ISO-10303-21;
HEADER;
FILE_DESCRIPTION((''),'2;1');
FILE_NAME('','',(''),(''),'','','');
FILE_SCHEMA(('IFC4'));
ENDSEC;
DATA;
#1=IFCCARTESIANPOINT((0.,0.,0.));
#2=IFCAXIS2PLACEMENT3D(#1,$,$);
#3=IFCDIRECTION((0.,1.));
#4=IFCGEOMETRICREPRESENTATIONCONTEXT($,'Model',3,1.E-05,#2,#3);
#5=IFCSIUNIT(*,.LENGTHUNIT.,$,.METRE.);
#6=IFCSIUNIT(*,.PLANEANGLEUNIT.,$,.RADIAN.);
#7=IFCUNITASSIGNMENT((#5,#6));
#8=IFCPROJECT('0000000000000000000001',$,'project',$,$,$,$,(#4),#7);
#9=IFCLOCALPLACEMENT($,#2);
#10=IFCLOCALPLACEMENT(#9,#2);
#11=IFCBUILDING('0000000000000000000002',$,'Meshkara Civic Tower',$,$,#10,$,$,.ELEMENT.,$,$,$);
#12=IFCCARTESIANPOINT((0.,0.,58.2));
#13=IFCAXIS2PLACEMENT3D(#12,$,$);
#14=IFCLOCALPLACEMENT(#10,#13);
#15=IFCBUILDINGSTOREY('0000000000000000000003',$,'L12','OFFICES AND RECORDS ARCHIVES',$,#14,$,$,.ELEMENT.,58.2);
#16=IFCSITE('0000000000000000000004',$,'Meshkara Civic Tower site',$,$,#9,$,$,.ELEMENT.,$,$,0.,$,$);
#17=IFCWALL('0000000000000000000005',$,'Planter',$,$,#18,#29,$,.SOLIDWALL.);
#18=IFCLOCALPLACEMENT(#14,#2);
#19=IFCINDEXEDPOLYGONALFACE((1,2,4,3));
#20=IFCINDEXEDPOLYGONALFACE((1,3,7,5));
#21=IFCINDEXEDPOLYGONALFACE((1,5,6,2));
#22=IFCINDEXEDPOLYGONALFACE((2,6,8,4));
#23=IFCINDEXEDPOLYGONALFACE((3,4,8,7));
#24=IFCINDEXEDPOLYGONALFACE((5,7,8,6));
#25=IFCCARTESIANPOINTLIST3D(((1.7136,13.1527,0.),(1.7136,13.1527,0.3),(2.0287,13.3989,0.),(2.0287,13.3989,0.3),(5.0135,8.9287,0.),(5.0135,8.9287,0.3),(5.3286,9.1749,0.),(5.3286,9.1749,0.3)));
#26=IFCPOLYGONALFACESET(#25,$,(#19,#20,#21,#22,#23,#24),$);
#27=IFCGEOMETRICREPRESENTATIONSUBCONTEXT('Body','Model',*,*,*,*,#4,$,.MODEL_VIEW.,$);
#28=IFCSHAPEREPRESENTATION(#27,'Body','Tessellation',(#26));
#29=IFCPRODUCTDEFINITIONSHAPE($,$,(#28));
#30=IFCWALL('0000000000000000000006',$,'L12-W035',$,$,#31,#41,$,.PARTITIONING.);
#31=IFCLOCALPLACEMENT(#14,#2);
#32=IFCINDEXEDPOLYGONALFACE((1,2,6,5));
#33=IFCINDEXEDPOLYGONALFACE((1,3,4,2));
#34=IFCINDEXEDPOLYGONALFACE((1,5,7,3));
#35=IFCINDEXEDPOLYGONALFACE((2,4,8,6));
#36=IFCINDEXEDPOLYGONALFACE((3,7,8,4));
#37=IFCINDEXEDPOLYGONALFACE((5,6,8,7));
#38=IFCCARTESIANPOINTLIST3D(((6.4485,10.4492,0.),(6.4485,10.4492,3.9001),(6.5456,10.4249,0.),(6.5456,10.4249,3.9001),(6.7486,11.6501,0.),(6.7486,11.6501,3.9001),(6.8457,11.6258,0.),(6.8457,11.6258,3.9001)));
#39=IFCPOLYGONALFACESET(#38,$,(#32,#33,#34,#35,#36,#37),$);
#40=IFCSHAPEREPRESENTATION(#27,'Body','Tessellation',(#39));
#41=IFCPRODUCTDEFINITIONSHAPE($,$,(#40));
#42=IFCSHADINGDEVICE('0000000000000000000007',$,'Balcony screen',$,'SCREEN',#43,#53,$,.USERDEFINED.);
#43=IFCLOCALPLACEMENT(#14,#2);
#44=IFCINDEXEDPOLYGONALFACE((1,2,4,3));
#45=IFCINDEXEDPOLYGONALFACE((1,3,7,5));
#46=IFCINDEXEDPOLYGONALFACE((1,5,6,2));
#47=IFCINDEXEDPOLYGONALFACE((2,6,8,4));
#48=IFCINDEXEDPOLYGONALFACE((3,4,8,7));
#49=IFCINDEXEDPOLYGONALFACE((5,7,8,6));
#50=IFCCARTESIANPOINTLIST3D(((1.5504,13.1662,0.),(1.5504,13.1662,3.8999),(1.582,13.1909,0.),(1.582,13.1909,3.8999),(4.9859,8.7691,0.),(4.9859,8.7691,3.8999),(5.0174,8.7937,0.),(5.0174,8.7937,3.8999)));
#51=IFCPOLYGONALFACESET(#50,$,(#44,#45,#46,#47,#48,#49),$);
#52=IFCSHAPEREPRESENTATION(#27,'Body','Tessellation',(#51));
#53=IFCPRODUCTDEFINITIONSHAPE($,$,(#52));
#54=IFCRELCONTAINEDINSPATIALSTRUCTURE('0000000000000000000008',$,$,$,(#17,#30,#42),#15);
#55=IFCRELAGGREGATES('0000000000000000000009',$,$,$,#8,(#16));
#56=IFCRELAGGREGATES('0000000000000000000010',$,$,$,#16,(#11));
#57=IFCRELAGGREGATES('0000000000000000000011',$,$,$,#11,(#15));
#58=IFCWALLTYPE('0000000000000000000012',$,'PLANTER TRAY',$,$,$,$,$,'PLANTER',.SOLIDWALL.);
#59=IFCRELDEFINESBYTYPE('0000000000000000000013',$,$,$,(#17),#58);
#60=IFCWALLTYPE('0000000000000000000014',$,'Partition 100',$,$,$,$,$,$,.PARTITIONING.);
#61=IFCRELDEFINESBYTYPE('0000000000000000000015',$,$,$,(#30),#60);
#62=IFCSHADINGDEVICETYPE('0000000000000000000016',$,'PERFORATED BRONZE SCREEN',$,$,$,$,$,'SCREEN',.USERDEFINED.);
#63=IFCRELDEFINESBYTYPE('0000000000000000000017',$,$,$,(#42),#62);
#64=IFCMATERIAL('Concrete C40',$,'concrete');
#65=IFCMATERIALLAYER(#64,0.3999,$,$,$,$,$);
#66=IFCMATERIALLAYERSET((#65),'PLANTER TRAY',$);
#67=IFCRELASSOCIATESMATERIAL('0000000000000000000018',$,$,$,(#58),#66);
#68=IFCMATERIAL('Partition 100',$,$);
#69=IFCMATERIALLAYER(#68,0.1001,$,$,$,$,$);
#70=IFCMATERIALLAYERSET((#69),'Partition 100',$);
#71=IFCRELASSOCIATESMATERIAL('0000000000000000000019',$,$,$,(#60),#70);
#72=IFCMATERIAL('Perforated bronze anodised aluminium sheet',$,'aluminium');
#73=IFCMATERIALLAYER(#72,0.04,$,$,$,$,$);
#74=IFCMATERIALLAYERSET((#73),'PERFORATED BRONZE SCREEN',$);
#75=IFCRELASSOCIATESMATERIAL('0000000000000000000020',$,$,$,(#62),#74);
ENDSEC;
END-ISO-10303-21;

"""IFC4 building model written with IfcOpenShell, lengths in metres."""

from ifc_helpers import new_model, si_unit, direction, frame, frame_2d, origin, origin_2d, place, context, subcontext, project, spatial, rectangle, extrude, material, layer, layer_set, type_object, element, save


model = new_model("IFC4")

# Units and contexts
model_context = context("Model", 3, precision=1e-05, world=origin(), true_north=direction((0.0, 1.0)))
body_context = subcontext(model_context, "Body", "Model", "MODEL_VIEW")
ifc_project = project(units=[si_unit("LENGTHUNIT", "METRE"), si_unit("PLANEANGLEUNIT", "RADIAN")], contexts=[model_context])

# Site, building, storey
site_placement = place(None, origin())
site = spatial("IfcSite", under=ifc_project, at=site_placement, Name="Meshkara Civic Tower site", CompositionType="ELEMENT", RefElevation=0.0)
building_placement = place(site_placement, origin())
building = spatial("IfcBuilding", under=site, at=building_placement, Name="Meshkara Civic Tower", CompositionType="ELEMENT")
storey_placement = place(building_placement, frame((0.0, 0.0, 58.2)))
storey = spatial("IfcBuildingStorey", under=building, at=storey_placement, Name="L12", Description="OFFICES AND RECORDS ARCHIVES", CompositionType="ELEMENT", Elevation=58.2)

# Walls
ifc_material_1 = material(Name="Concrete C40", Category="concrete")
ifc_layer_1 = layer(ifc_material_1, 0.3999)
ifc_layer_set_1 = layer_set([ifc_layer_1], Name="PLANTER TRAY")
wall_type_1 = type_object("IfcWallType", Name="PLANTER TRAY", ElementType="PLANTER", PredefinedType="SOLIDWALL", material=ifc_layer_set_1)
wall_1_placement = place(storey_placement, frame((1.8711, 13.2759, 0.0), z_axis=(0.0, 0.0, 1.0), x_axis=(0.615633, -0.788033, 0.0)))
element("IfcWall", 1, at=wall_1_placement, inside=storey, type_object=wall_type_1, Name="Planter", PredefinedType="SOLIDWALL", context=body_context, shape_type="SweptSolid", body=[
    extrude(rectangle(XDim=5.3601, YDim=0.3999, at=frame_2d((2.6802, 0.0))), origin(), (0.0, 0.0, 1.0), 0.3),
])
ifc_material_2 = material(Name="Partition 100")
ifc_layer_2 = layer(ifc_material_2, 0.1001)
ifc_layer_set_2 = layer_set([ifc_layer_2], Name="Partition 100")
wall_type_2 = type_object("IfcWallType", Name="Partition 100", PredefinedType="PARTITIONING", material=ifc_layer_set_2)
wall_2_placement = place(storey_placement, frame((6.7971, 11.6379, 0.0), z_axis=(0.0, 0.0, 1.0), x_axis=(-0.242396, -0.970177, 0.0)))
element("IfcWall", 2, at=wall_2_placement, inside=storey, type_object=wall_type_2, Name="L12-W035", PredefinedType="PARTITIONING", context=body_context, shape_type="SweptSolid", body=[
    extrude(rectangle(XDim=1.2378, YDim=0.1001, at=frame_2d((0.6189, 0.0))), origin(), (0.0, 0.0, 1.0), 3.9001),
])

# Shading device
ifc_material_3 = material(Name="Perforated bronze anodised aluminium sheet", Category="aluminium")
ifc_layer_3 = layer(ifc_material_3, 0.04)
ifc_layer_set_3 = layer_set([ifc_layer_3], Name="PERFORATED BRONZE SCREEN")
shading_device_type = type_object("IfcShadingDeviceType", Name="PERFORATED BRONZE SCREEN", ElementType="SCREEN", PredefinedType="USERDEFINED", material=ifc_layer_set_3)
shading_device_placement = place(storey_placement, frame((3.2839, 10.98, 0.0), z_axis=(0.0, 0.0, 1.0), x_axis=(0.615661, -0.788011, 0.0)))
element("IfcShadingDevice", 3, at=shading_device_placement, inside=storey, type_object=shading_device_type, Name="Balcony screen", ObjectType="SCREEN", PredefinedType="USERDEFINED", context=body_context, shape_type="SweptSolid", body=[
    extrude(rectangle(XDim=5.5801, YDim=0.04, at=origin_2d()), origin(), (0.0, 0.0, 1.0), 3.8999),
])

save(model, "model.ifc")
